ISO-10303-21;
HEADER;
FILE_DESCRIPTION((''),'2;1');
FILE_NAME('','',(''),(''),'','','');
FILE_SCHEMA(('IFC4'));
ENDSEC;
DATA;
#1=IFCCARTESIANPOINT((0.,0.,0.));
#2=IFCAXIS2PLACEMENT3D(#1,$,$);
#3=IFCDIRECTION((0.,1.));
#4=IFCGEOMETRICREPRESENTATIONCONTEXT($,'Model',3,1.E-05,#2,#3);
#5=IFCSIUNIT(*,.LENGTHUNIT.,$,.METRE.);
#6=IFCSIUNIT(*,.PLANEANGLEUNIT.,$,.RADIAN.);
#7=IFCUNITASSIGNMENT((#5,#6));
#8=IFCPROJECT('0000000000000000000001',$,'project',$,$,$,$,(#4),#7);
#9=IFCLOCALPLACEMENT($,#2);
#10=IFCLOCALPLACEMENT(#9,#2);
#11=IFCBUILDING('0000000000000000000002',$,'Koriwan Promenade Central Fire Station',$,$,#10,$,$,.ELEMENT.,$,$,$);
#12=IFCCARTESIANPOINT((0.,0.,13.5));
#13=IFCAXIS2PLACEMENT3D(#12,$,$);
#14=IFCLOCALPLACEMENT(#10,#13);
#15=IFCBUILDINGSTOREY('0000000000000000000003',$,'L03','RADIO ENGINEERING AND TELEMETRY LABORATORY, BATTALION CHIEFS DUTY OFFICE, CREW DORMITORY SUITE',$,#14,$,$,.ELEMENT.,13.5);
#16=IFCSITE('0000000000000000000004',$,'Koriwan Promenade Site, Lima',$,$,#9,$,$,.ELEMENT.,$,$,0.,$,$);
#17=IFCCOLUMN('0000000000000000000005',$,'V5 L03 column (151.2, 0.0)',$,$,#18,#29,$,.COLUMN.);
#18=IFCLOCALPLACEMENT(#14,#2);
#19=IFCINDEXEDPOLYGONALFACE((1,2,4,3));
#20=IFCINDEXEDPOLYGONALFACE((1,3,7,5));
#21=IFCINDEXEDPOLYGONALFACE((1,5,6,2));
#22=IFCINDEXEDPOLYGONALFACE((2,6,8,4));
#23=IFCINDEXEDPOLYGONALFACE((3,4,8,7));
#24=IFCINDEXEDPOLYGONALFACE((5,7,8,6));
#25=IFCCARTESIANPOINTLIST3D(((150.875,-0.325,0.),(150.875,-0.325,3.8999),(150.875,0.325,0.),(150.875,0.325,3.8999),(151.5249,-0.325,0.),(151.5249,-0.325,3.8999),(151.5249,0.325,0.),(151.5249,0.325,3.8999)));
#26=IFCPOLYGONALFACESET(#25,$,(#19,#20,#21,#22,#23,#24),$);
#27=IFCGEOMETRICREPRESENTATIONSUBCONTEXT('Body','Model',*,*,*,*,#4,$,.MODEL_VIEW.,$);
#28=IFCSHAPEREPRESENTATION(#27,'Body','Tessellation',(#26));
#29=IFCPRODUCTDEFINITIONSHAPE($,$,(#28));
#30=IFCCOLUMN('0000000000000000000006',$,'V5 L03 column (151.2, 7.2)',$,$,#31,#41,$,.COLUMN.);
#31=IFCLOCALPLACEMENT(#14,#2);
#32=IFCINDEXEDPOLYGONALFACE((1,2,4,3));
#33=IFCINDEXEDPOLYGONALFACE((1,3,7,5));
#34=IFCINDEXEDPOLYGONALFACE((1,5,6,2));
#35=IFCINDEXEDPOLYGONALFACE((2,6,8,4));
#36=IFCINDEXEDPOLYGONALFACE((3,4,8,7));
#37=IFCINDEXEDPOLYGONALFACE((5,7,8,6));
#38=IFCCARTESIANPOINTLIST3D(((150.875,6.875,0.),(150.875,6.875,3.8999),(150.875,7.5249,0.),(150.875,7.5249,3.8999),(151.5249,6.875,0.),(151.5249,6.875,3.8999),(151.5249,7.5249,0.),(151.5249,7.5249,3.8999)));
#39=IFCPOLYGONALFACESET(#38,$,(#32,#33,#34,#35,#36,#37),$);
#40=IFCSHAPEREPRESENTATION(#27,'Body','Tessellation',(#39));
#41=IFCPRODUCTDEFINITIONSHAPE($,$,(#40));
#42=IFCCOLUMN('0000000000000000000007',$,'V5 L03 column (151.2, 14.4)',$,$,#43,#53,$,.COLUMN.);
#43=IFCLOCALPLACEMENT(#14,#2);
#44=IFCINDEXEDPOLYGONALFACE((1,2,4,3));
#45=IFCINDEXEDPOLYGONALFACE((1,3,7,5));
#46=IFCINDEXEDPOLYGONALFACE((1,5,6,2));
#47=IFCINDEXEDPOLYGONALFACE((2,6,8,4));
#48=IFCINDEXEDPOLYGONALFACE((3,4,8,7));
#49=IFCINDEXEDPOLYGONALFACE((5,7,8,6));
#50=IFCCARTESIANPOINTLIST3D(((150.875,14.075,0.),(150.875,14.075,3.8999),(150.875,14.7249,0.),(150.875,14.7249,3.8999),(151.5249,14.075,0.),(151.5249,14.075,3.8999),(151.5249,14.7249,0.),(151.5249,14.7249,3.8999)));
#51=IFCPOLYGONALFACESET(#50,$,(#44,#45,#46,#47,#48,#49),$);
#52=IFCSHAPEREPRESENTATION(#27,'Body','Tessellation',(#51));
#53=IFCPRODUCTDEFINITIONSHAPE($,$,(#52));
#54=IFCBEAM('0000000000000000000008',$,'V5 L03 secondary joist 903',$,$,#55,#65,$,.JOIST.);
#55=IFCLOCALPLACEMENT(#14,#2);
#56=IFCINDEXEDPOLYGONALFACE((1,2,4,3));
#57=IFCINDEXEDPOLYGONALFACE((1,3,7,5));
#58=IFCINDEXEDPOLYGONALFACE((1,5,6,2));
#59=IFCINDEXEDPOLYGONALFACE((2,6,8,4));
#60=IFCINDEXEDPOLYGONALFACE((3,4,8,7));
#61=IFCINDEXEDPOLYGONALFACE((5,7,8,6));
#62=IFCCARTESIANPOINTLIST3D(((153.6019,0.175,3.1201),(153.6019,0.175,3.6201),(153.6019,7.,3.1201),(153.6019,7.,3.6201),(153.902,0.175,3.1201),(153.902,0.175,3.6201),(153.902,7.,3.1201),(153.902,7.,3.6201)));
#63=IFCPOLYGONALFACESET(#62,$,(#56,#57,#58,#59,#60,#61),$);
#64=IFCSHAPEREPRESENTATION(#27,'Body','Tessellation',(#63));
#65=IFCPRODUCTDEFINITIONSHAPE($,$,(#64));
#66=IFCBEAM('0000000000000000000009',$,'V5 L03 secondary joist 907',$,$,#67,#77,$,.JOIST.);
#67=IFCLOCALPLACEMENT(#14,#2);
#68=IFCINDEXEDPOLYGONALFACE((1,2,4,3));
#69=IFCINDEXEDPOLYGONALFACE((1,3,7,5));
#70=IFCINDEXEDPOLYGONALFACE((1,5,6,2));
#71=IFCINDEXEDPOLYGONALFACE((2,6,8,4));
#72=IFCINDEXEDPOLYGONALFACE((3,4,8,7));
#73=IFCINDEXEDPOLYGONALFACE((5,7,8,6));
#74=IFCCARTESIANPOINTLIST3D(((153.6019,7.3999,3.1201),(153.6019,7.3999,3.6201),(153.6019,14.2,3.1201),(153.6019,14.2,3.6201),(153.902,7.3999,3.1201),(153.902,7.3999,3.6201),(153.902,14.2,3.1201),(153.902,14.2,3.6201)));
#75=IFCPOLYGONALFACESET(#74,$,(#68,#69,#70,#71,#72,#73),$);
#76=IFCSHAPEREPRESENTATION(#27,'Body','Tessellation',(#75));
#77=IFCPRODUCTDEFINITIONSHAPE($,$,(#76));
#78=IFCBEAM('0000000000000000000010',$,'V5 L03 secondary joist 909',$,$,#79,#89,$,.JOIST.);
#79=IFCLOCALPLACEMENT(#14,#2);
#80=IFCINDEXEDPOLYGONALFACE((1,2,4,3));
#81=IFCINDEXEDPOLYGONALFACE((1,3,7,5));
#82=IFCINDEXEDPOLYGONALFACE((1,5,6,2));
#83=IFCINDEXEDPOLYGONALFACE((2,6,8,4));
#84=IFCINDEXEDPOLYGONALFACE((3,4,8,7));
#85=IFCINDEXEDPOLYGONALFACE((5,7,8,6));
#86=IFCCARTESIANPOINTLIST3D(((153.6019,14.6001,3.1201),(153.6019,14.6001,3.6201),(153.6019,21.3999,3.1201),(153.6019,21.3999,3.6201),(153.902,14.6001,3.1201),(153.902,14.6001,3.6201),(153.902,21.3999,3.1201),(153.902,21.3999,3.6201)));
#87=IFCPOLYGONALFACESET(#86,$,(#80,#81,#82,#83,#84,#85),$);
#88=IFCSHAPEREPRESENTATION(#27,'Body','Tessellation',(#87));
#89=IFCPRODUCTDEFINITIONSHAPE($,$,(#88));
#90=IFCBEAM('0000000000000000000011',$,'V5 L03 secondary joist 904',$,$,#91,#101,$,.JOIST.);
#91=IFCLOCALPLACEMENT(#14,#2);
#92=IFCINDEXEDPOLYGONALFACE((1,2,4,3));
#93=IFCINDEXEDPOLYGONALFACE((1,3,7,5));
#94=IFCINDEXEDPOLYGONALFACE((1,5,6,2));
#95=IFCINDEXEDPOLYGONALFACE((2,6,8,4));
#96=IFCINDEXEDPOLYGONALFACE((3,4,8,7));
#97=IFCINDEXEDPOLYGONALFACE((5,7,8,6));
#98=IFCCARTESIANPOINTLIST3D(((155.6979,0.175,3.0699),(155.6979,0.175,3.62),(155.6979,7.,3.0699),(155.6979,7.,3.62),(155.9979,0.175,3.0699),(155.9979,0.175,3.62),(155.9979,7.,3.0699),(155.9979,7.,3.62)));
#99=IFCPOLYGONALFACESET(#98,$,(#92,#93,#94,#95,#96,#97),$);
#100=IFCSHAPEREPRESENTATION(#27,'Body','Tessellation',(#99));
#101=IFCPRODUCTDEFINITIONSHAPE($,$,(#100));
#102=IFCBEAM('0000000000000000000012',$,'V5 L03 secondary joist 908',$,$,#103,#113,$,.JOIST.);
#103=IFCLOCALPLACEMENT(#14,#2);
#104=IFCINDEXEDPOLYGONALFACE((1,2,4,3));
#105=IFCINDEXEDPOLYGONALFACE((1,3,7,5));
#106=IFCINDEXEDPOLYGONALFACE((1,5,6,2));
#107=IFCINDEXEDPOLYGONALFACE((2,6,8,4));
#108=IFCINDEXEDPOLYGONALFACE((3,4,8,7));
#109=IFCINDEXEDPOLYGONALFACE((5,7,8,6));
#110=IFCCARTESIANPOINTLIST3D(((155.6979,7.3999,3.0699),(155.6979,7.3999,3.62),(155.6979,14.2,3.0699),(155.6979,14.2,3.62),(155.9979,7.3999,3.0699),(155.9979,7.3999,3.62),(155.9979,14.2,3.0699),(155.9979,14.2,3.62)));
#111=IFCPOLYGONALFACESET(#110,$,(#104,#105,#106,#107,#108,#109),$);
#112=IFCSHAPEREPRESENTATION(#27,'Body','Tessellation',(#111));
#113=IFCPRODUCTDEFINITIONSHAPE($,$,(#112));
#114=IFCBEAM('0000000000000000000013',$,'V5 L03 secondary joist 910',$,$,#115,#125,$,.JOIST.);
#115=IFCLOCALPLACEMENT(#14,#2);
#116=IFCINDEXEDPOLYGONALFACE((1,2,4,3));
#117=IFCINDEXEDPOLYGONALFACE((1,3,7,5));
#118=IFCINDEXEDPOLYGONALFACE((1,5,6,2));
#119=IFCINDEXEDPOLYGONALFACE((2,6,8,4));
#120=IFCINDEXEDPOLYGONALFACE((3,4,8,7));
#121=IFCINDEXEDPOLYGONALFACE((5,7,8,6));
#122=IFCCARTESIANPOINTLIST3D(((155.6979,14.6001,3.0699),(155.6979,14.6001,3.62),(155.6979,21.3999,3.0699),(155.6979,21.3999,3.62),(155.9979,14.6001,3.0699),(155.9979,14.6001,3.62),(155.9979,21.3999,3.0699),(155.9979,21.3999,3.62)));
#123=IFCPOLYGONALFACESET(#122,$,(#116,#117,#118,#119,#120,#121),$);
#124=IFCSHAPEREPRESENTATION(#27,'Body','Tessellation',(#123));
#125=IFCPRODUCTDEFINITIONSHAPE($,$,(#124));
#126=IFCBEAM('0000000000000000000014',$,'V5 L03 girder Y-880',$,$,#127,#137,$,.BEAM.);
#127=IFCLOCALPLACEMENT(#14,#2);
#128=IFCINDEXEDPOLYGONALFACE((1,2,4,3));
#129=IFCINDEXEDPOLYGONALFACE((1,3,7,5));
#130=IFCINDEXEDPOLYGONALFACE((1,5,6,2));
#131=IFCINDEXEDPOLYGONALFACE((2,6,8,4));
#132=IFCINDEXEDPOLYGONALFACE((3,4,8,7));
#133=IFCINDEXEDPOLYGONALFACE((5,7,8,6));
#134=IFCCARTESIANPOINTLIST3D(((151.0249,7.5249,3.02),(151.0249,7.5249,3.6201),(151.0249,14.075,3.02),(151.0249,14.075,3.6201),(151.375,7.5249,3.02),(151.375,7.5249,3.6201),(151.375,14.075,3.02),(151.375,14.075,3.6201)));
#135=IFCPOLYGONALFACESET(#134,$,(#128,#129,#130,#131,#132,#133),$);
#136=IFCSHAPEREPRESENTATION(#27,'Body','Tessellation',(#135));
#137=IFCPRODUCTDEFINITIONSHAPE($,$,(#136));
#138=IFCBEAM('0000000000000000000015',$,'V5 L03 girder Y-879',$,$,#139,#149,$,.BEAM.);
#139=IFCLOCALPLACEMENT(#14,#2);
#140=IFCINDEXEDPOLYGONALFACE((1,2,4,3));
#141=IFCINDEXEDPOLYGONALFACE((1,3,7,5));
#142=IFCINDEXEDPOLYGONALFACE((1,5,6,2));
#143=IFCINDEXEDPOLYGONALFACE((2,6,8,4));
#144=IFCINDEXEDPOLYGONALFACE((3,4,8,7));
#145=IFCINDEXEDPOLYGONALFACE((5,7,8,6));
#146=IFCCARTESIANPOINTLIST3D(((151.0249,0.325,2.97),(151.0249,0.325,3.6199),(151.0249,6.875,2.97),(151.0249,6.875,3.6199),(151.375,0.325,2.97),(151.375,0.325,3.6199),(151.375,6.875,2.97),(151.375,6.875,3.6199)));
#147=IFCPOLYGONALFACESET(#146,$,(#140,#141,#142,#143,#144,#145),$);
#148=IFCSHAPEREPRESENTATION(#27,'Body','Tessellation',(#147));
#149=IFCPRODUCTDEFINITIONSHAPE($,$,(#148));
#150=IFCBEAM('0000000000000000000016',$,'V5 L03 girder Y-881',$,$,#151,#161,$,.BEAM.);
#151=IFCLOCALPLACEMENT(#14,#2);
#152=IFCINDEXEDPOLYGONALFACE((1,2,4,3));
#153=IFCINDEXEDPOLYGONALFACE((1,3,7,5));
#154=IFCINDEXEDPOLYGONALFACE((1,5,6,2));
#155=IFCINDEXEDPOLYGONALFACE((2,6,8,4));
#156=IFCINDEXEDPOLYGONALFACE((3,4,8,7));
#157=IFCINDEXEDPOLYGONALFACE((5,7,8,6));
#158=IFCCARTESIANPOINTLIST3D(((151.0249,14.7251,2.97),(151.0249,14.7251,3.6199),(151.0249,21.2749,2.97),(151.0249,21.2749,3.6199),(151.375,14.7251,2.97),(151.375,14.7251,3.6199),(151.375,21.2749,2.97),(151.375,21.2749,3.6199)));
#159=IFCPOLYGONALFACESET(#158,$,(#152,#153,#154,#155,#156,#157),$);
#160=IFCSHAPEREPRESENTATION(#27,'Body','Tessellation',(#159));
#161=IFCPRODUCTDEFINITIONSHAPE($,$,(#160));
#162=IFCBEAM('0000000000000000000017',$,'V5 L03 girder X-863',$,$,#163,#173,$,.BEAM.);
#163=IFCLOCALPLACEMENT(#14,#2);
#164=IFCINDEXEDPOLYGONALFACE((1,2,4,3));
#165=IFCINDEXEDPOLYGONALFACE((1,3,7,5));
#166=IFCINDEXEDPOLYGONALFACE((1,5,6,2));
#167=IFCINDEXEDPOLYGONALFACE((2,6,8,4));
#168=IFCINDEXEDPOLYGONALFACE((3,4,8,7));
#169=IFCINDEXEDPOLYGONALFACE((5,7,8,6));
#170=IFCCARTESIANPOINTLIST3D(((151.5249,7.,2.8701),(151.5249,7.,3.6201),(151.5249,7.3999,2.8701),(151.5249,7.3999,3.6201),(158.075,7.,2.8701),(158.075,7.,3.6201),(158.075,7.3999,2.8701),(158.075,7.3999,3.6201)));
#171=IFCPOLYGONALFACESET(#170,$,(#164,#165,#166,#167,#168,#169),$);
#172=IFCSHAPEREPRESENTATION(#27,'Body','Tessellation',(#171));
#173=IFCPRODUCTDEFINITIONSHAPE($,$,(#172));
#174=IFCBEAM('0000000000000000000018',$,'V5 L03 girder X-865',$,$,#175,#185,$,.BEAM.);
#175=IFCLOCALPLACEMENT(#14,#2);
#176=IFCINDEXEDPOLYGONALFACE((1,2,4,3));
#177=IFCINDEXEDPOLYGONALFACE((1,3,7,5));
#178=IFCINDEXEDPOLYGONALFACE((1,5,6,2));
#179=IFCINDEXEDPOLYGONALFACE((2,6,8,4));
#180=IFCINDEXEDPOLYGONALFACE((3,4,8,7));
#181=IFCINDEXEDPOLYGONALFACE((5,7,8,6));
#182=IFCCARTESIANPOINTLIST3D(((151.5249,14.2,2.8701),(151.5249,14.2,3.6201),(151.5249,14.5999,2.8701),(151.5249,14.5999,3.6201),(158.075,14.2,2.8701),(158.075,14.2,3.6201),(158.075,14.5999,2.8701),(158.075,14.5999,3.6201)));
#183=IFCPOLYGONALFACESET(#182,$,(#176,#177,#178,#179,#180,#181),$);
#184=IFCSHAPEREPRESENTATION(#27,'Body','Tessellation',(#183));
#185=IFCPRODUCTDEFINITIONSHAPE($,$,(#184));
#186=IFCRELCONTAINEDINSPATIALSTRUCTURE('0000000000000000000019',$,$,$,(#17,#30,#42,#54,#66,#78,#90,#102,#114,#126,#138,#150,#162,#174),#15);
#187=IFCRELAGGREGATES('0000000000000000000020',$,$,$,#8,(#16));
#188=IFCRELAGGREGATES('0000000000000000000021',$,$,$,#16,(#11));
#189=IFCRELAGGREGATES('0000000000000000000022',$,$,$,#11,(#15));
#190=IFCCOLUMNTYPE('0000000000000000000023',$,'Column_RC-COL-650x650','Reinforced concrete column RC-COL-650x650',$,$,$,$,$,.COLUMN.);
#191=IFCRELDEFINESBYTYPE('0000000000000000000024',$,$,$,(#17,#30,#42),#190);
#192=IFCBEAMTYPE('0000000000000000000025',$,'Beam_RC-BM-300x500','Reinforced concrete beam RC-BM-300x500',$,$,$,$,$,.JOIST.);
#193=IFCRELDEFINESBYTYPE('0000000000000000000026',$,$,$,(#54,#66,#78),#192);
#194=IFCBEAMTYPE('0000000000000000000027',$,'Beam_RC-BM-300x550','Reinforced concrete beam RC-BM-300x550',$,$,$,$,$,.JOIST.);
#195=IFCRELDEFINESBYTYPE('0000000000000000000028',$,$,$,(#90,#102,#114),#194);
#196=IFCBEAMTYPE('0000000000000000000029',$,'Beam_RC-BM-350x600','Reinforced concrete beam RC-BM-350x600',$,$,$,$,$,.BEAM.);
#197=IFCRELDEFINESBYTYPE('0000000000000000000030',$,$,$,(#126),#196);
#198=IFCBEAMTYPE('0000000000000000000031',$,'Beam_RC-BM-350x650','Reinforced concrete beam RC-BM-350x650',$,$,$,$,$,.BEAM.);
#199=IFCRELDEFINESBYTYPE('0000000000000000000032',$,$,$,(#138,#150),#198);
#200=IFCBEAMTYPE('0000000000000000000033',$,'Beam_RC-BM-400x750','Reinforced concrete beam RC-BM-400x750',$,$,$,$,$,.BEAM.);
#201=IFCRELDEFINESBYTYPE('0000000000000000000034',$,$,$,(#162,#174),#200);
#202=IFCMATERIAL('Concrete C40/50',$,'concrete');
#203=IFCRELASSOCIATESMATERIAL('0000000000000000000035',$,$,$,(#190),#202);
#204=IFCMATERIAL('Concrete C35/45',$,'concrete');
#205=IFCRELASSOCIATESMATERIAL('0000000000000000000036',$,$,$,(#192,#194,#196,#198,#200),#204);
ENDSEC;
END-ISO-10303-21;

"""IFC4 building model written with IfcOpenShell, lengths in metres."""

from ifc_helpers import new_model, si_unit, direction, frame, origin, origin_2d, place, context, subcontext, project, spatial, rectangle, extrude, material, material_profile, profile_set, type_object, element, save


model = new_model("IFC4")

# Units and contexts
model_context = context("Model", 3, precision=1e-05, world=origin(), true_north=direction((0.0, 1.0)))
body_context = subcontext(model_context, "Body", "Model", "MODEL_VIEW")
ifc_project = project(units=[si_unit("LENGTHUNIT", "METRE"), si_unit("PLANEANGLEUNIT", "RADIAN")], contexts=[model_context])

# Site, building, storey
site_placement = place(None, origin())
site = spatial("IfcSite", under=ifc_project, at=site_placement, Name="Koriwan Promenade Site, Lima", CompositionType="ELEMENT", RefElevation=0.0)
building_placement = place(site_placement, origin())
building = spatial("IfcBuilding", under=site, at=building_placement, Name="Koriwan Promenade Central Fire Station", CompositionType="ELEMENT")
storey_placement = place(building_placement, frame((0.0, 0.0, 13.5)))
storey = spatial("IfcBuildingStorey", under=building, at=storey_placement, Name="L03", Description="RADIO ENGINEERING AND TELEMETRY LABORATORY, BATTALION CHIEFS DUTY OFFICE, CREW DORMITORY SUITE", CompositionType="ELEMENT", Elevation=13.5)

# Columns
ifc_material_1 = material(Name="Concrete C40/50", Category="concrete")
ifc_material_profile_1 = material_profile(ifc_material_1, rectangle(XDim=0.6499, YDim=0.6499, at=origin_2d()), Name="RC-COL-650x650")
ifc_profile_set_1 = profile_set([ifc_material_profile_1], Name="Concrete C40/50")
column_type = type_object("IfcColumnType", Name="Column_RC-COL-650x650", Description="Reinforced concrete column RC-COL-650x650", PredefinedType="COLUMN", material=ifc_profile_set_1)
for number, where, z_axis, x_axis, name in (
    (1, (151.2, 0.0, 0.0), (0.0, 0.0, 1.0), (1.0, 0.0, 0.0), "V5 L03 column (151.2, 0.0)"),
    (2, (151.2, 7.2, 0.0), (0.0, 0.0, 1.0), (1.0, 0.0, 0.0), "V5 L03 column (151.2, 7.2)"),
    (3, (151.2, 14.3999, 0.0), (0.0, 0.0, 1.0), (1.0, 0.0, 0.0), "V5 L03 column (151.2, 14.4)"),
):
    element("IfcColumn", number, at=place(storey_placement, frame(where, z_axis=z_axis, x_axis=x_axis)), inside=storey, type_object=column_type, Name=name, PredefinedType="COLUMN", context=body_context, shape_type="SweptSolid", body=[
        extrude(rectangle(XDim=0.6499, YDim=0.6499, at=origin_2d()), origin(), (0.0, 0.0, 1.0), 3.8999),
    ])

# Beams
ifc_material_2 = material(Name="Concrete C35/45", Category="concrete")
ifc_material_profile_2 = material_profile(ifc_material_2, rectangle(XDim=0.3, YDim=0.5, at=origin_2d()), Name="RC-BM-300x500")
ifc_profile_set_2 = profile_set([ifc_material_profile_2], Name="Concrete C35/45")
beam_type_1 = type_object("IfcBeamType", Name="Beam_RC-BM-300x500", Description="Reinforced concrete beam RC-BM-300x500", PredefinedType="JOIST", material=ifc_profile_set_2)
beam_1_placement = place(storey_placement, frame((153.752, 0.175, 3.3701), z_axis=(0.0, 1.0, 0.0), x_axis=(-1.0, 0.0, 0.0)))
element("IfcBeam", 4, at=beam_1_placement, inside=storey, type_object=beam_type_1, Name="V5 L03 secondary joist 903", PredefinedType="JOIST", context=body_context, shape_type="SweptSolid", body=[
    extrude(rectangle(XDim=0.3, YDim=0.5, at=origin_2d()), origin(), (0.0, 0.0, 1.0), 6.825),
])
beam_2_placement = place(storey_placement, frame((153.752, 7.3999, 3.3701), z_axis=(0.0, 1.0, 0.0), x_axis=(-1.0, 0.0, 0.0)))
element("IfcBeam", 5, at=beam_2_placement, inside=storey, type_object=beam_type_1, Name="V5 L03 secondary joist 907", PredefinedType="JOIST", context=body_context, shape_type="SweptSolid", body=[
    extrude(rectangle(XDim=0.3, YDim=0.5, at=origin_2d()), origin(), (0.0, 0.0, 1.0), 6.8),
])
beam_3_placement = place(storey_placement, frame((153.752, 14.6001, 3.3701), z_axis=(0.0, 1.0, 0.0), x_axis=(-1.0, 0.0, 0.0)))
element("IfcBeam", 6, at=beam_3_placement, inside=storey, type_object=beam_type_1, Name="V5 L03 secondary joist 909", PredefinedType="JOIST", context=body_context, shape_type="SweptSolid", body=[
    extrude(rectangle(XDim=0.3, YDim=0.5, at=origin_2d()), origin(), (0.0, 0.0, 1.0), 6.7998),
])
ifc_material_profile_3 = material_profile(ifc_material_2, rectangle(XDim=0.3, YDim=0.55, at=origin_2d()), Name="RC-BM-300x550")
ifc_profile_set_3 = profile_set([ifc_material_profile_3], Name="Concrete C35/45")
beam_type_2 = type_object("IfcBeamType", Name="Beam_RC-BM-300x550", Description="Reinforced concrete beam RC-BM-300x550", PredefinedType="JOIST", material=ifc_profile_set_3)
beam_4_placement = place(storey_placement, frame((155.8479, 0.175, 3.345), z_axis=(0.0, 1.0, 0.0), x_axis=(-1.0, 0.0, 0.0)))
element("IfcBeam", 7, at=beam_4_placement, inside=storey, type_object=beam_type_2, Name="V5 L03 secondary joist 904", PredefinedType="JOIST", context=body_context, shape_type="SweptSolid", body=[
    extrude(rectangle(XDim=0.3, YDim=0.55, at=origin_2d()), origin(), (0.0, 0.0, 1.0), 6.825),
])
beam_5_placement = place(storey_placement, frame((155.8479, 7.3999, 3.345), z_axis=(0.0, 1.0, 0.0), x_axis=(-1.0, 0.0, 0.0)))
element("IfcBeam", 8, at=beam_5_placement, inside=storey, type_object=beam_type_2, Name="V5 L03 secondary joist 908", PredefinedType="JOIST", context=body_context, shape_type="SweptSolid", body=[
    extrude(rectangle(XDim=0.3, YDim=0.55, at=origin_2d()), origin(), (0.0, 0.0, 1.0), 6.8),
])
beam_6_placement = place(storey_placement, frame((155.8479, 14.6001, 3.345), z_axis=(0.0, 1.0, 0.0), x_axis=(-1.0, 0.0, 0.0)))
element("IfcBeam", 9, at=beam_6_placement, inside=storey, type_object=beam_type_2, Name="V5 L03 secondary joist 910", PredefinedType="JOIST", context=body_context, shape_type="SweptSolid", body=[
    extrude(rectangle(XDim=0.3, YDim=0.55, at=origin_2d()), origin(), (0.0, 0.0, 1.0), 6.7998),
])
ifc_material_profile_4 = material_profile(ifc_material_2, rectangle(XDim=0.3501, YDim=0.6001, at=origin_2d()), Name="RC-BM-350x600")
ifc_profile_set_4 = profile_set([ifc_material_profile_4], Name="Concrete C35/45")
beam_type_3 = type_object("IfcBeamType", Name="Beam_RC-BM-350x600", Description="Reinforced concrete beam RC-BM-350x600", PredefinedType="BEAM", material=ifc_profile_set_4)
beam_7_placement = place(storey_placement, frame((151.2, 7.5249, 3.3201), z_axis=(0.0, 1.0, 0.0), x_axis=(-1.0, 0.0, 0.0)))
element("IfcBeam", 10, at=beam_7_placement, inside=storey, type_object=beam_type_3, Name="V5 L03 girder Y-880", PredefinedType="BEAM", context=body_context, shape_type="SweptSolid", body=[
    extrude(rectangle(XDim=0.3501, YDim=0.6001, at=origin_2d()), origin(), (0.0, 0.0, 1.0), 6.55),
])
ifc_material_profile_5 = material_profile(ifc_material_2, rectangle(XDim=0.3501, YDim=0.6499, at=origin_2d()), Name="RC-BM-350x650")
ifc_profile_set_5 = profile_set([ifc_material_profile_5], Name="Concrete C35/45")
beam_type_4 = type_object("IfcBeamType", Name="Beam_RC-BM-350x650", Description="Reinforced concrete beam RC-BM-350x650", PredefinedType="BEAM", material=ifc_profile_set_5)
beam_8_placement = place(storey_placement, frame((151.2, 0.325, 3.2949), z_axis=(0.0, 1.0, 0.0), x_axis=(-1.0, 0.0, 0.0)))
element("IfcBeam", 11, at=beam_8_placement, inside=storey, type_object=beam_type_4, Name="V5 L03 girder Y-879", PredefinedType="BEAM", context=body_context, shape_type="SweptSolid", body=[
    extrude(rectangle(XDim=0.3501, YDim=0.6499, at=origin_2d()), origin(), (0.0, 0.0, 1.0), 6.55),
])
beam_9_placement = place(storey_placement, frame((151.2, 14.7251, 3.2949), z_axis=(0.0, 1.0, 0.0), x_axis=(-1.0, 0.0, 0.0)))
element("IfcBeam", 12, at=beam_9_placement, inside=storey, type_object=beam_type_4, Name="V5 L03 girder Y-881", PredefinedType="BEAM", context=body_context, shape_type="SweptSolid", body=[
    extrude(rectangle(XDim=0.3501, YDim=0.6499, at=origin_2d()), origin(), (0.0, 0.0, 1.0), 6.5498),
])
ifc_material_profile_6 = material_profile(ifc_material_2, rectangle(XDim=0.3999, YDim=0.75, at=origin_2d()), Name="RC-BM-400x750")
ifc_profile_set_6 = profile_set([ifc_material_profile_6], Name="Concrete C35/45")
beam_type_5 = type_object("IfcBeamType", Name="Beam_RC-BM-400x750", Description="Reinforced concrete beam RC-BM-400x750", PredefinedType="BEAM", material=ifc_profile_set_6)
for number, where, z_axis, x_axis, name in (
    (13, (151.5249, 7.2, 3.2451), (1.0, 0.0, 0.0), (0.0, 1.0, 0.0), "V5 L03 girder X-863"),
    (14, (151.5249, 14.3999, 3.2451), (1.0, 0.0, 0.0), (0.0, 1.0, 0.0), "V5 L03 girder X-865"),
):
    element("IfcBeam", number, at=place(storey_placement, frame(where, z_axis=z_axis, x_axis=x_axis)), inside=storey, type_object=beam_type_5, Name=name, PredefinedType="BEAM", context=body_context, shape_type="SweptSolid", body=[
        extrude(rectangle(XDim=0.3999, YDim=0.75, at=origin_2d()), origin(), (0.0, 0.0, 1.0), 6.55),
    ])

save(model, "model.ifc")
